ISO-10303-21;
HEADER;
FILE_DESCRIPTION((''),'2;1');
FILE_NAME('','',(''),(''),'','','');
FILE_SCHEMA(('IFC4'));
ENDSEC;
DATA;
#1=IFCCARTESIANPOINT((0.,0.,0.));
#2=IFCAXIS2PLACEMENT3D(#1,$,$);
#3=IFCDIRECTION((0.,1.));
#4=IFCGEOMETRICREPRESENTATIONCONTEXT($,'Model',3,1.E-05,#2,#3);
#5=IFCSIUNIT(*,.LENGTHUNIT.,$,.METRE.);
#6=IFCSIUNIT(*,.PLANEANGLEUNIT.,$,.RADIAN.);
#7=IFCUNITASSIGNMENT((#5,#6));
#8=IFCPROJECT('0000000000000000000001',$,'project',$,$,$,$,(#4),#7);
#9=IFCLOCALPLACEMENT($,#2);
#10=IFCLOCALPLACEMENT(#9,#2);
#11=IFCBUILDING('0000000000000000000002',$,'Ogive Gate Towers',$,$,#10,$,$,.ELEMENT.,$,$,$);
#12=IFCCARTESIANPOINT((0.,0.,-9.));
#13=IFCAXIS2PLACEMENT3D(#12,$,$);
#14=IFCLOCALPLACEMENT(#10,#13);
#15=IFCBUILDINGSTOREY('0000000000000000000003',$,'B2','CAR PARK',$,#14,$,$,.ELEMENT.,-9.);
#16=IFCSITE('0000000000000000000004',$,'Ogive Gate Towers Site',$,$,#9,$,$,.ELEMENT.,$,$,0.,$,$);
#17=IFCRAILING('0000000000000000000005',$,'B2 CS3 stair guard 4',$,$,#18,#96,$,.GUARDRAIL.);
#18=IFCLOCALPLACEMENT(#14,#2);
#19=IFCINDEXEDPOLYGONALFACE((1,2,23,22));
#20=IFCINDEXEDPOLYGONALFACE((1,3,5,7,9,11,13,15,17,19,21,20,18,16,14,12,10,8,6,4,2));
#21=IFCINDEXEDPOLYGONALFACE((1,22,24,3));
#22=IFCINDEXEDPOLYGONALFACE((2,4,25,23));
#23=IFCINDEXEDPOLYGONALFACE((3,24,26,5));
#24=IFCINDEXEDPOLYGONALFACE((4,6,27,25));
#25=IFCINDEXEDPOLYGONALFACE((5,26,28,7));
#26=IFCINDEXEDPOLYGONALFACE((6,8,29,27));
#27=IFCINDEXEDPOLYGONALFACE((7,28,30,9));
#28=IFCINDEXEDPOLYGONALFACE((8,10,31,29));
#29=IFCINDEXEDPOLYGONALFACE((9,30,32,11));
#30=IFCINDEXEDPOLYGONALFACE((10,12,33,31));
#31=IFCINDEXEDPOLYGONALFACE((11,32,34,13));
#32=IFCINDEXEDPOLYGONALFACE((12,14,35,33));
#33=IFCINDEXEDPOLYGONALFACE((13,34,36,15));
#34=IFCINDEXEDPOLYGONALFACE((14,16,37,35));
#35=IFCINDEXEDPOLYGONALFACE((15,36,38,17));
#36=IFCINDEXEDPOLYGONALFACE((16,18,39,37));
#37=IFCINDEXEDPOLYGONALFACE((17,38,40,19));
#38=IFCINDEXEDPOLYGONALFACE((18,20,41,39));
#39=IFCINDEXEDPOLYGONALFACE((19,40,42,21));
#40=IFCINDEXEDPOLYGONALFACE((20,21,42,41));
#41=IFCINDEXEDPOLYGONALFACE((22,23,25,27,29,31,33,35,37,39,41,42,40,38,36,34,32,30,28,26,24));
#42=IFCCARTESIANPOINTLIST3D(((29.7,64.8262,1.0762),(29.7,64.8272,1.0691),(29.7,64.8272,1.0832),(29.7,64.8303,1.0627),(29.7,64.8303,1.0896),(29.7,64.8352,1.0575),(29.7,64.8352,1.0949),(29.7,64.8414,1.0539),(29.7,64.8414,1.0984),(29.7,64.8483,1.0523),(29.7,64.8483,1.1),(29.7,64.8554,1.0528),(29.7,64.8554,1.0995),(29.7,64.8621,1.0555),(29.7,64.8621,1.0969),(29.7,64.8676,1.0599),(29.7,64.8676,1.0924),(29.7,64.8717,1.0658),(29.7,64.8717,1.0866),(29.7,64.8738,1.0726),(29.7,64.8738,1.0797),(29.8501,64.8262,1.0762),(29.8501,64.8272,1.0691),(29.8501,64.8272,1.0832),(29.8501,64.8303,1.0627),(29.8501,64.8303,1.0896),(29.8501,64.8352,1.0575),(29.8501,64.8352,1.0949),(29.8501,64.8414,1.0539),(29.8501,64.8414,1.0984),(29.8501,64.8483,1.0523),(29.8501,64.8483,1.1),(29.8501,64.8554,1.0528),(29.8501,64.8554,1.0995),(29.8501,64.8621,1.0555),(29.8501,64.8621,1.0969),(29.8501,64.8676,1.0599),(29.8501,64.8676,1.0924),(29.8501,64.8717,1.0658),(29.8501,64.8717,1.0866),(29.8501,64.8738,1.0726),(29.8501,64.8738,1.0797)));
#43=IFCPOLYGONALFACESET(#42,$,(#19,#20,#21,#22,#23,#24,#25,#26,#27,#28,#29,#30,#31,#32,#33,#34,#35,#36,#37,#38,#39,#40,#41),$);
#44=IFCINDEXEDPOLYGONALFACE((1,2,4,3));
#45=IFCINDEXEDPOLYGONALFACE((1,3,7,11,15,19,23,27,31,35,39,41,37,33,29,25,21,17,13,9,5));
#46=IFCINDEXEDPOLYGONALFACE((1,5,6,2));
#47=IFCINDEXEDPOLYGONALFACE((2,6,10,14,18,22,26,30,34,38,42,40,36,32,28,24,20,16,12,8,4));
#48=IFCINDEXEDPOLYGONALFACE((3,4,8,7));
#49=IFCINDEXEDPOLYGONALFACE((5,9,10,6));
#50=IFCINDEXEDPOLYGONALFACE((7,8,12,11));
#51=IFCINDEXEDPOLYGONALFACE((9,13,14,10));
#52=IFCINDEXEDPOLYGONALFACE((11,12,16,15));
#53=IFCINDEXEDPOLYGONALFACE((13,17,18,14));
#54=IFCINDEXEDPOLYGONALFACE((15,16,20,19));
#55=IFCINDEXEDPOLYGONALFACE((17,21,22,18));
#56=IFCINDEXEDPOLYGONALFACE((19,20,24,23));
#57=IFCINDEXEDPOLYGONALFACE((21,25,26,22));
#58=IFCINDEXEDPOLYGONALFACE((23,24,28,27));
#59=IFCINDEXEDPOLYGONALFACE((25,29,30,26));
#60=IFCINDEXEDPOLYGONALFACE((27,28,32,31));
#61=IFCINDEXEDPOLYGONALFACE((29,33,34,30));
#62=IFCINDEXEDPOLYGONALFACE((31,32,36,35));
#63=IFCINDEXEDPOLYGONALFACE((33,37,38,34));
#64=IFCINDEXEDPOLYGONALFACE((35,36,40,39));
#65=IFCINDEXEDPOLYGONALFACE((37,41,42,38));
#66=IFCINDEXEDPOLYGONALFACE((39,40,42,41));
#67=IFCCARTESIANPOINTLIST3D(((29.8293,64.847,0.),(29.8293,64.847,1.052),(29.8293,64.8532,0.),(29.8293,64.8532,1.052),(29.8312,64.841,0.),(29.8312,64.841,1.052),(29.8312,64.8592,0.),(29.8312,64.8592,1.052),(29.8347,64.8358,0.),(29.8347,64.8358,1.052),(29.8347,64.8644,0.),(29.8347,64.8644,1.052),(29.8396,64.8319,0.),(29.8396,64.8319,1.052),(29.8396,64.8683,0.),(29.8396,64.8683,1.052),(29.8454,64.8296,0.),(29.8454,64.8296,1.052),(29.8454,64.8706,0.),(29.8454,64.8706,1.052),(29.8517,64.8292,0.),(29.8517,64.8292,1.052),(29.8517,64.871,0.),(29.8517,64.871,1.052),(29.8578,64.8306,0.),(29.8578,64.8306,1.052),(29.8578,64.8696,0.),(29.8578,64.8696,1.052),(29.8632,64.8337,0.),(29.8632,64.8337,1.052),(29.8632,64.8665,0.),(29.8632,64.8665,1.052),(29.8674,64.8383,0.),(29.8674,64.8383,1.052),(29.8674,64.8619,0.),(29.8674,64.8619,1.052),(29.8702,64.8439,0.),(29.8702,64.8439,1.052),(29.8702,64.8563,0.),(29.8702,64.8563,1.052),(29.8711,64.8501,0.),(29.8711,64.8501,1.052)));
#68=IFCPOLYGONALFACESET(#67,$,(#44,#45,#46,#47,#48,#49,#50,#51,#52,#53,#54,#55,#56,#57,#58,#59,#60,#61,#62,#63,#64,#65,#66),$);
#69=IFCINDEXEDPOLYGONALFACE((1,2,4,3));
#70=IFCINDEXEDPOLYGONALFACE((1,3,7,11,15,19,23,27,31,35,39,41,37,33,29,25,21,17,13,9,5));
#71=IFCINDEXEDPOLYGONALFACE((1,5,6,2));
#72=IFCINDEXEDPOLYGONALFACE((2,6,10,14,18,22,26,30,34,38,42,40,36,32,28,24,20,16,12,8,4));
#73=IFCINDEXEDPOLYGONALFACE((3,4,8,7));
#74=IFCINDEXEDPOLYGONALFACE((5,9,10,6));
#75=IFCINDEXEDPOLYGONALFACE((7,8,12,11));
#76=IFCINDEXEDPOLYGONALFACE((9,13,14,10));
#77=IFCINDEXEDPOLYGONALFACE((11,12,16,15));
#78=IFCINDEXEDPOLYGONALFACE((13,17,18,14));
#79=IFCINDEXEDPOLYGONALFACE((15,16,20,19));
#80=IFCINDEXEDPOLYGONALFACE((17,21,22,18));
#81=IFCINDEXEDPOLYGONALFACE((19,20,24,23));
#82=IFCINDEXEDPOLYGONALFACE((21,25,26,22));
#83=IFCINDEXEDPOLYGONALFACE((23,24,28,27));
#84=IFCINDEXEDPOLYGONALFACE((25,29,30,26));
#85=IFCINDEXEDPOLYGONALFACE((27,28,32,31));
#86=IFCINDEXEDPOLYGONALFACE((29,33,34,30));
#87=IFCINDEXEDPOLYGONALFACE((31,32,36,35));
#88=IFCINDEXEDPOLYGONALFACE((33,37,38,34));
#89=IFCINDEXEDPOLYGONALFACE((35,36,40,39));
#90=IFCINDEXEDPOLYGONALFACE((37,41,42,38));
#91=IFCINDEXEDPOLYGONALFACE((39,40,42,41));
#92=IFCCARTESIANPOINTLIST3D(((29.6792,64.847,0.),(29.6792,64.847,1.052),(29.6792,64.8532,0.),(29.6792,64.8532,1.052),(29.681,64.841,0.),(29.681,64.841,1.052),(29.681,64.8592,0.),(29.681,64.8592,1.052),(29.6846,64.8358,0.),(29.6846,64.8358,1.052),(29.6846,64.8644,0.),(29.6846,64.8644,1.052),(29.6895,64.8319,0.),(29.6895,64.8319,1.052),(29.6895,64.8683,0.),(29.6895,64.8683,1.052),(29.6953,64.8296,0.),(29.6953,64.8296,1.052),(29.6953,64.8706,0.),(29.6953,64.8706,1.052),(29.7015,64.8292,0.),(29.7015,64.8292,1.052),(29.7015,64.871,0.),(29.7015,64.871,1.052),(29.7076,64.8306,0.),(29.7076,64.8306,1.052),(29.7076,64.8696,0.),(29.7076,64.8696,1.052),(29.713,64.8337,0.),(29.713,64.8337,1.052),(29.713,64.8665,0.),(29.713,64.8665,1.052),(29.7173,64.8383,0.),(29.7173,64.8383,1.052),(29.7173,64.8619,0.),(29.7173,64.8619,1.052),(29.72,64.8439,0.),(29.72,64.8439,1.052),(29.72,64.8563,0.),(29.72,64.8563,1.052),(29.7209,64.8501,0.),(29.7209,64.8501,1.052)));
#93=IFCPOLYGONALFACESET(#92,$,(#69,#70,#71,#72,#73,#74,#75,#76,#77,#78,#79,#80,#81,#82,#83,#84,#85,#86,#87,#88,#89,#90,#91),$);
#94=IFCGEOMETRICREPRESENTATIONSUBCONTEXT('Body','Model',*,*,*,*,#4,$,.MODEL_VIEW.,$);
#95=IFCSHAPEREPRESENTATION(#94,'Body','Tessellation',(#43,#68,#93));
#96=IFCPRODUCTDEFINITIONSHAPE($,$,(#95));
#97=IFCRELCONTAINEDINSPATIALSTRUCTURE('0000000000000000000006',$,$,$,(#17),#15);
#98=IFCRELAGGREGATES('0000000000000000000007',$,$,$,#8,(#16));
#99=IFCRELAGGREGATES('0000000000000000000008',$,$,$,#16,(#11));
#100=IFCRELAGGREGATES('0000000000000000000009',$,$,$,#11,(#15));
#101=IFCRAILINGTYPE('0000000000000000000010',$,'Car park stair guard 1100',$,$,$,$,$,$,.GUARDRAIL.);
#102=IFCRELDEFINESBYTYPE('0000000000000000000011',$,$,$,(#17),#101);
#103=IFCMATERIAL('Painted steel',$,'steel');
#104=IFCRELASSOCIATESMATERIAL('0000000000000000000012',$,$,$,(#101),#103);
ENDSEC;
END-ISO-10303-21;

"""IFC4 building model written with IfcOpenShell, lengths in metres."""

from ifc_helpers import new_model, si_unit, direction, frame, origin, origin_2d, place, context, subcontext, project, spatial, circle, extrude, material, type_object, element, save


model = new_model("IFC4")

# Units and contexts
model_context = context("Model", 3, precision=1e-05, world=origin(), true_north=direction((0.0, 1.0)))
body_context = subcontext(model_context, "Body", "Model", "MODEL_VIEW")
ifc_project = project(units=[si_unit("LENGTHUNIT", "METRE"), si_unit("PLANEANGLEUNIT", "RADIAN")], contexts=[model_context])

# Site, building, storey
site_placement = place(None, origin())
site = spatial("IfcSite", under=ifc_project, at=site_placement, Name="Ogive Gate Towers Site", CompositionType="ELEMENT", RefElevation=0.0)
building_placement = place(site_placement, origin())
building = spatial("IfcBuilding", under=site, at=building_placement, Name="Ogive Gate Towers", CompositionType="ELEMENT")
storey_placement = place(building_placement, frame((0.0, 0.0, -9.0)))
storey = spatial("IfcBuildingStorey", under=building, at=storey_placement, Name="B2", Description="CAR PARK", CompositionType="ELEMENT", Elevation=-9.0)

# Railing
ifc_material_1 = material(Name="Painted steel", Category="steel")
railing_type_1 = type_object("IfcRailingType", Name="Car park stair guard 1100", PredefinedType="GUARDRAIL", material=ifc_material_1)
railing_1_placement = place(storey_placement, frame((29.8501, 64.8501, 0.0)))
element("IfcRailing", 1, at=railing_1_placement, inside=storey, type_object=railing_type_1, Name="B2 CS3 stair guard 4", PredefinedType="GUARDRAIL", context=body_context, shape_type="SweptSolid", body=[
    extrude(circle(Radius=0.0239, at=origin_2d()), frame((0.0, 0.0, 1.0762), z_axis=(-1.0, 0.0, 0.0), x_axis=(0.0, -1.0, 0.0)), (0.0, 0.0, 1.0), 0.1501),
    extrude(circle(Radius=0.021, at=origin_2d()), origin(), (0.0, 0.0, 1.0), 1.052),
    extrude(circle(Radius=0.021, at=origin_2d()), frame((-0.1501, 0.0, 0.0)), (0.0, 0.0, 1.0), 1.052),
])

save(model, "model.ifc")
